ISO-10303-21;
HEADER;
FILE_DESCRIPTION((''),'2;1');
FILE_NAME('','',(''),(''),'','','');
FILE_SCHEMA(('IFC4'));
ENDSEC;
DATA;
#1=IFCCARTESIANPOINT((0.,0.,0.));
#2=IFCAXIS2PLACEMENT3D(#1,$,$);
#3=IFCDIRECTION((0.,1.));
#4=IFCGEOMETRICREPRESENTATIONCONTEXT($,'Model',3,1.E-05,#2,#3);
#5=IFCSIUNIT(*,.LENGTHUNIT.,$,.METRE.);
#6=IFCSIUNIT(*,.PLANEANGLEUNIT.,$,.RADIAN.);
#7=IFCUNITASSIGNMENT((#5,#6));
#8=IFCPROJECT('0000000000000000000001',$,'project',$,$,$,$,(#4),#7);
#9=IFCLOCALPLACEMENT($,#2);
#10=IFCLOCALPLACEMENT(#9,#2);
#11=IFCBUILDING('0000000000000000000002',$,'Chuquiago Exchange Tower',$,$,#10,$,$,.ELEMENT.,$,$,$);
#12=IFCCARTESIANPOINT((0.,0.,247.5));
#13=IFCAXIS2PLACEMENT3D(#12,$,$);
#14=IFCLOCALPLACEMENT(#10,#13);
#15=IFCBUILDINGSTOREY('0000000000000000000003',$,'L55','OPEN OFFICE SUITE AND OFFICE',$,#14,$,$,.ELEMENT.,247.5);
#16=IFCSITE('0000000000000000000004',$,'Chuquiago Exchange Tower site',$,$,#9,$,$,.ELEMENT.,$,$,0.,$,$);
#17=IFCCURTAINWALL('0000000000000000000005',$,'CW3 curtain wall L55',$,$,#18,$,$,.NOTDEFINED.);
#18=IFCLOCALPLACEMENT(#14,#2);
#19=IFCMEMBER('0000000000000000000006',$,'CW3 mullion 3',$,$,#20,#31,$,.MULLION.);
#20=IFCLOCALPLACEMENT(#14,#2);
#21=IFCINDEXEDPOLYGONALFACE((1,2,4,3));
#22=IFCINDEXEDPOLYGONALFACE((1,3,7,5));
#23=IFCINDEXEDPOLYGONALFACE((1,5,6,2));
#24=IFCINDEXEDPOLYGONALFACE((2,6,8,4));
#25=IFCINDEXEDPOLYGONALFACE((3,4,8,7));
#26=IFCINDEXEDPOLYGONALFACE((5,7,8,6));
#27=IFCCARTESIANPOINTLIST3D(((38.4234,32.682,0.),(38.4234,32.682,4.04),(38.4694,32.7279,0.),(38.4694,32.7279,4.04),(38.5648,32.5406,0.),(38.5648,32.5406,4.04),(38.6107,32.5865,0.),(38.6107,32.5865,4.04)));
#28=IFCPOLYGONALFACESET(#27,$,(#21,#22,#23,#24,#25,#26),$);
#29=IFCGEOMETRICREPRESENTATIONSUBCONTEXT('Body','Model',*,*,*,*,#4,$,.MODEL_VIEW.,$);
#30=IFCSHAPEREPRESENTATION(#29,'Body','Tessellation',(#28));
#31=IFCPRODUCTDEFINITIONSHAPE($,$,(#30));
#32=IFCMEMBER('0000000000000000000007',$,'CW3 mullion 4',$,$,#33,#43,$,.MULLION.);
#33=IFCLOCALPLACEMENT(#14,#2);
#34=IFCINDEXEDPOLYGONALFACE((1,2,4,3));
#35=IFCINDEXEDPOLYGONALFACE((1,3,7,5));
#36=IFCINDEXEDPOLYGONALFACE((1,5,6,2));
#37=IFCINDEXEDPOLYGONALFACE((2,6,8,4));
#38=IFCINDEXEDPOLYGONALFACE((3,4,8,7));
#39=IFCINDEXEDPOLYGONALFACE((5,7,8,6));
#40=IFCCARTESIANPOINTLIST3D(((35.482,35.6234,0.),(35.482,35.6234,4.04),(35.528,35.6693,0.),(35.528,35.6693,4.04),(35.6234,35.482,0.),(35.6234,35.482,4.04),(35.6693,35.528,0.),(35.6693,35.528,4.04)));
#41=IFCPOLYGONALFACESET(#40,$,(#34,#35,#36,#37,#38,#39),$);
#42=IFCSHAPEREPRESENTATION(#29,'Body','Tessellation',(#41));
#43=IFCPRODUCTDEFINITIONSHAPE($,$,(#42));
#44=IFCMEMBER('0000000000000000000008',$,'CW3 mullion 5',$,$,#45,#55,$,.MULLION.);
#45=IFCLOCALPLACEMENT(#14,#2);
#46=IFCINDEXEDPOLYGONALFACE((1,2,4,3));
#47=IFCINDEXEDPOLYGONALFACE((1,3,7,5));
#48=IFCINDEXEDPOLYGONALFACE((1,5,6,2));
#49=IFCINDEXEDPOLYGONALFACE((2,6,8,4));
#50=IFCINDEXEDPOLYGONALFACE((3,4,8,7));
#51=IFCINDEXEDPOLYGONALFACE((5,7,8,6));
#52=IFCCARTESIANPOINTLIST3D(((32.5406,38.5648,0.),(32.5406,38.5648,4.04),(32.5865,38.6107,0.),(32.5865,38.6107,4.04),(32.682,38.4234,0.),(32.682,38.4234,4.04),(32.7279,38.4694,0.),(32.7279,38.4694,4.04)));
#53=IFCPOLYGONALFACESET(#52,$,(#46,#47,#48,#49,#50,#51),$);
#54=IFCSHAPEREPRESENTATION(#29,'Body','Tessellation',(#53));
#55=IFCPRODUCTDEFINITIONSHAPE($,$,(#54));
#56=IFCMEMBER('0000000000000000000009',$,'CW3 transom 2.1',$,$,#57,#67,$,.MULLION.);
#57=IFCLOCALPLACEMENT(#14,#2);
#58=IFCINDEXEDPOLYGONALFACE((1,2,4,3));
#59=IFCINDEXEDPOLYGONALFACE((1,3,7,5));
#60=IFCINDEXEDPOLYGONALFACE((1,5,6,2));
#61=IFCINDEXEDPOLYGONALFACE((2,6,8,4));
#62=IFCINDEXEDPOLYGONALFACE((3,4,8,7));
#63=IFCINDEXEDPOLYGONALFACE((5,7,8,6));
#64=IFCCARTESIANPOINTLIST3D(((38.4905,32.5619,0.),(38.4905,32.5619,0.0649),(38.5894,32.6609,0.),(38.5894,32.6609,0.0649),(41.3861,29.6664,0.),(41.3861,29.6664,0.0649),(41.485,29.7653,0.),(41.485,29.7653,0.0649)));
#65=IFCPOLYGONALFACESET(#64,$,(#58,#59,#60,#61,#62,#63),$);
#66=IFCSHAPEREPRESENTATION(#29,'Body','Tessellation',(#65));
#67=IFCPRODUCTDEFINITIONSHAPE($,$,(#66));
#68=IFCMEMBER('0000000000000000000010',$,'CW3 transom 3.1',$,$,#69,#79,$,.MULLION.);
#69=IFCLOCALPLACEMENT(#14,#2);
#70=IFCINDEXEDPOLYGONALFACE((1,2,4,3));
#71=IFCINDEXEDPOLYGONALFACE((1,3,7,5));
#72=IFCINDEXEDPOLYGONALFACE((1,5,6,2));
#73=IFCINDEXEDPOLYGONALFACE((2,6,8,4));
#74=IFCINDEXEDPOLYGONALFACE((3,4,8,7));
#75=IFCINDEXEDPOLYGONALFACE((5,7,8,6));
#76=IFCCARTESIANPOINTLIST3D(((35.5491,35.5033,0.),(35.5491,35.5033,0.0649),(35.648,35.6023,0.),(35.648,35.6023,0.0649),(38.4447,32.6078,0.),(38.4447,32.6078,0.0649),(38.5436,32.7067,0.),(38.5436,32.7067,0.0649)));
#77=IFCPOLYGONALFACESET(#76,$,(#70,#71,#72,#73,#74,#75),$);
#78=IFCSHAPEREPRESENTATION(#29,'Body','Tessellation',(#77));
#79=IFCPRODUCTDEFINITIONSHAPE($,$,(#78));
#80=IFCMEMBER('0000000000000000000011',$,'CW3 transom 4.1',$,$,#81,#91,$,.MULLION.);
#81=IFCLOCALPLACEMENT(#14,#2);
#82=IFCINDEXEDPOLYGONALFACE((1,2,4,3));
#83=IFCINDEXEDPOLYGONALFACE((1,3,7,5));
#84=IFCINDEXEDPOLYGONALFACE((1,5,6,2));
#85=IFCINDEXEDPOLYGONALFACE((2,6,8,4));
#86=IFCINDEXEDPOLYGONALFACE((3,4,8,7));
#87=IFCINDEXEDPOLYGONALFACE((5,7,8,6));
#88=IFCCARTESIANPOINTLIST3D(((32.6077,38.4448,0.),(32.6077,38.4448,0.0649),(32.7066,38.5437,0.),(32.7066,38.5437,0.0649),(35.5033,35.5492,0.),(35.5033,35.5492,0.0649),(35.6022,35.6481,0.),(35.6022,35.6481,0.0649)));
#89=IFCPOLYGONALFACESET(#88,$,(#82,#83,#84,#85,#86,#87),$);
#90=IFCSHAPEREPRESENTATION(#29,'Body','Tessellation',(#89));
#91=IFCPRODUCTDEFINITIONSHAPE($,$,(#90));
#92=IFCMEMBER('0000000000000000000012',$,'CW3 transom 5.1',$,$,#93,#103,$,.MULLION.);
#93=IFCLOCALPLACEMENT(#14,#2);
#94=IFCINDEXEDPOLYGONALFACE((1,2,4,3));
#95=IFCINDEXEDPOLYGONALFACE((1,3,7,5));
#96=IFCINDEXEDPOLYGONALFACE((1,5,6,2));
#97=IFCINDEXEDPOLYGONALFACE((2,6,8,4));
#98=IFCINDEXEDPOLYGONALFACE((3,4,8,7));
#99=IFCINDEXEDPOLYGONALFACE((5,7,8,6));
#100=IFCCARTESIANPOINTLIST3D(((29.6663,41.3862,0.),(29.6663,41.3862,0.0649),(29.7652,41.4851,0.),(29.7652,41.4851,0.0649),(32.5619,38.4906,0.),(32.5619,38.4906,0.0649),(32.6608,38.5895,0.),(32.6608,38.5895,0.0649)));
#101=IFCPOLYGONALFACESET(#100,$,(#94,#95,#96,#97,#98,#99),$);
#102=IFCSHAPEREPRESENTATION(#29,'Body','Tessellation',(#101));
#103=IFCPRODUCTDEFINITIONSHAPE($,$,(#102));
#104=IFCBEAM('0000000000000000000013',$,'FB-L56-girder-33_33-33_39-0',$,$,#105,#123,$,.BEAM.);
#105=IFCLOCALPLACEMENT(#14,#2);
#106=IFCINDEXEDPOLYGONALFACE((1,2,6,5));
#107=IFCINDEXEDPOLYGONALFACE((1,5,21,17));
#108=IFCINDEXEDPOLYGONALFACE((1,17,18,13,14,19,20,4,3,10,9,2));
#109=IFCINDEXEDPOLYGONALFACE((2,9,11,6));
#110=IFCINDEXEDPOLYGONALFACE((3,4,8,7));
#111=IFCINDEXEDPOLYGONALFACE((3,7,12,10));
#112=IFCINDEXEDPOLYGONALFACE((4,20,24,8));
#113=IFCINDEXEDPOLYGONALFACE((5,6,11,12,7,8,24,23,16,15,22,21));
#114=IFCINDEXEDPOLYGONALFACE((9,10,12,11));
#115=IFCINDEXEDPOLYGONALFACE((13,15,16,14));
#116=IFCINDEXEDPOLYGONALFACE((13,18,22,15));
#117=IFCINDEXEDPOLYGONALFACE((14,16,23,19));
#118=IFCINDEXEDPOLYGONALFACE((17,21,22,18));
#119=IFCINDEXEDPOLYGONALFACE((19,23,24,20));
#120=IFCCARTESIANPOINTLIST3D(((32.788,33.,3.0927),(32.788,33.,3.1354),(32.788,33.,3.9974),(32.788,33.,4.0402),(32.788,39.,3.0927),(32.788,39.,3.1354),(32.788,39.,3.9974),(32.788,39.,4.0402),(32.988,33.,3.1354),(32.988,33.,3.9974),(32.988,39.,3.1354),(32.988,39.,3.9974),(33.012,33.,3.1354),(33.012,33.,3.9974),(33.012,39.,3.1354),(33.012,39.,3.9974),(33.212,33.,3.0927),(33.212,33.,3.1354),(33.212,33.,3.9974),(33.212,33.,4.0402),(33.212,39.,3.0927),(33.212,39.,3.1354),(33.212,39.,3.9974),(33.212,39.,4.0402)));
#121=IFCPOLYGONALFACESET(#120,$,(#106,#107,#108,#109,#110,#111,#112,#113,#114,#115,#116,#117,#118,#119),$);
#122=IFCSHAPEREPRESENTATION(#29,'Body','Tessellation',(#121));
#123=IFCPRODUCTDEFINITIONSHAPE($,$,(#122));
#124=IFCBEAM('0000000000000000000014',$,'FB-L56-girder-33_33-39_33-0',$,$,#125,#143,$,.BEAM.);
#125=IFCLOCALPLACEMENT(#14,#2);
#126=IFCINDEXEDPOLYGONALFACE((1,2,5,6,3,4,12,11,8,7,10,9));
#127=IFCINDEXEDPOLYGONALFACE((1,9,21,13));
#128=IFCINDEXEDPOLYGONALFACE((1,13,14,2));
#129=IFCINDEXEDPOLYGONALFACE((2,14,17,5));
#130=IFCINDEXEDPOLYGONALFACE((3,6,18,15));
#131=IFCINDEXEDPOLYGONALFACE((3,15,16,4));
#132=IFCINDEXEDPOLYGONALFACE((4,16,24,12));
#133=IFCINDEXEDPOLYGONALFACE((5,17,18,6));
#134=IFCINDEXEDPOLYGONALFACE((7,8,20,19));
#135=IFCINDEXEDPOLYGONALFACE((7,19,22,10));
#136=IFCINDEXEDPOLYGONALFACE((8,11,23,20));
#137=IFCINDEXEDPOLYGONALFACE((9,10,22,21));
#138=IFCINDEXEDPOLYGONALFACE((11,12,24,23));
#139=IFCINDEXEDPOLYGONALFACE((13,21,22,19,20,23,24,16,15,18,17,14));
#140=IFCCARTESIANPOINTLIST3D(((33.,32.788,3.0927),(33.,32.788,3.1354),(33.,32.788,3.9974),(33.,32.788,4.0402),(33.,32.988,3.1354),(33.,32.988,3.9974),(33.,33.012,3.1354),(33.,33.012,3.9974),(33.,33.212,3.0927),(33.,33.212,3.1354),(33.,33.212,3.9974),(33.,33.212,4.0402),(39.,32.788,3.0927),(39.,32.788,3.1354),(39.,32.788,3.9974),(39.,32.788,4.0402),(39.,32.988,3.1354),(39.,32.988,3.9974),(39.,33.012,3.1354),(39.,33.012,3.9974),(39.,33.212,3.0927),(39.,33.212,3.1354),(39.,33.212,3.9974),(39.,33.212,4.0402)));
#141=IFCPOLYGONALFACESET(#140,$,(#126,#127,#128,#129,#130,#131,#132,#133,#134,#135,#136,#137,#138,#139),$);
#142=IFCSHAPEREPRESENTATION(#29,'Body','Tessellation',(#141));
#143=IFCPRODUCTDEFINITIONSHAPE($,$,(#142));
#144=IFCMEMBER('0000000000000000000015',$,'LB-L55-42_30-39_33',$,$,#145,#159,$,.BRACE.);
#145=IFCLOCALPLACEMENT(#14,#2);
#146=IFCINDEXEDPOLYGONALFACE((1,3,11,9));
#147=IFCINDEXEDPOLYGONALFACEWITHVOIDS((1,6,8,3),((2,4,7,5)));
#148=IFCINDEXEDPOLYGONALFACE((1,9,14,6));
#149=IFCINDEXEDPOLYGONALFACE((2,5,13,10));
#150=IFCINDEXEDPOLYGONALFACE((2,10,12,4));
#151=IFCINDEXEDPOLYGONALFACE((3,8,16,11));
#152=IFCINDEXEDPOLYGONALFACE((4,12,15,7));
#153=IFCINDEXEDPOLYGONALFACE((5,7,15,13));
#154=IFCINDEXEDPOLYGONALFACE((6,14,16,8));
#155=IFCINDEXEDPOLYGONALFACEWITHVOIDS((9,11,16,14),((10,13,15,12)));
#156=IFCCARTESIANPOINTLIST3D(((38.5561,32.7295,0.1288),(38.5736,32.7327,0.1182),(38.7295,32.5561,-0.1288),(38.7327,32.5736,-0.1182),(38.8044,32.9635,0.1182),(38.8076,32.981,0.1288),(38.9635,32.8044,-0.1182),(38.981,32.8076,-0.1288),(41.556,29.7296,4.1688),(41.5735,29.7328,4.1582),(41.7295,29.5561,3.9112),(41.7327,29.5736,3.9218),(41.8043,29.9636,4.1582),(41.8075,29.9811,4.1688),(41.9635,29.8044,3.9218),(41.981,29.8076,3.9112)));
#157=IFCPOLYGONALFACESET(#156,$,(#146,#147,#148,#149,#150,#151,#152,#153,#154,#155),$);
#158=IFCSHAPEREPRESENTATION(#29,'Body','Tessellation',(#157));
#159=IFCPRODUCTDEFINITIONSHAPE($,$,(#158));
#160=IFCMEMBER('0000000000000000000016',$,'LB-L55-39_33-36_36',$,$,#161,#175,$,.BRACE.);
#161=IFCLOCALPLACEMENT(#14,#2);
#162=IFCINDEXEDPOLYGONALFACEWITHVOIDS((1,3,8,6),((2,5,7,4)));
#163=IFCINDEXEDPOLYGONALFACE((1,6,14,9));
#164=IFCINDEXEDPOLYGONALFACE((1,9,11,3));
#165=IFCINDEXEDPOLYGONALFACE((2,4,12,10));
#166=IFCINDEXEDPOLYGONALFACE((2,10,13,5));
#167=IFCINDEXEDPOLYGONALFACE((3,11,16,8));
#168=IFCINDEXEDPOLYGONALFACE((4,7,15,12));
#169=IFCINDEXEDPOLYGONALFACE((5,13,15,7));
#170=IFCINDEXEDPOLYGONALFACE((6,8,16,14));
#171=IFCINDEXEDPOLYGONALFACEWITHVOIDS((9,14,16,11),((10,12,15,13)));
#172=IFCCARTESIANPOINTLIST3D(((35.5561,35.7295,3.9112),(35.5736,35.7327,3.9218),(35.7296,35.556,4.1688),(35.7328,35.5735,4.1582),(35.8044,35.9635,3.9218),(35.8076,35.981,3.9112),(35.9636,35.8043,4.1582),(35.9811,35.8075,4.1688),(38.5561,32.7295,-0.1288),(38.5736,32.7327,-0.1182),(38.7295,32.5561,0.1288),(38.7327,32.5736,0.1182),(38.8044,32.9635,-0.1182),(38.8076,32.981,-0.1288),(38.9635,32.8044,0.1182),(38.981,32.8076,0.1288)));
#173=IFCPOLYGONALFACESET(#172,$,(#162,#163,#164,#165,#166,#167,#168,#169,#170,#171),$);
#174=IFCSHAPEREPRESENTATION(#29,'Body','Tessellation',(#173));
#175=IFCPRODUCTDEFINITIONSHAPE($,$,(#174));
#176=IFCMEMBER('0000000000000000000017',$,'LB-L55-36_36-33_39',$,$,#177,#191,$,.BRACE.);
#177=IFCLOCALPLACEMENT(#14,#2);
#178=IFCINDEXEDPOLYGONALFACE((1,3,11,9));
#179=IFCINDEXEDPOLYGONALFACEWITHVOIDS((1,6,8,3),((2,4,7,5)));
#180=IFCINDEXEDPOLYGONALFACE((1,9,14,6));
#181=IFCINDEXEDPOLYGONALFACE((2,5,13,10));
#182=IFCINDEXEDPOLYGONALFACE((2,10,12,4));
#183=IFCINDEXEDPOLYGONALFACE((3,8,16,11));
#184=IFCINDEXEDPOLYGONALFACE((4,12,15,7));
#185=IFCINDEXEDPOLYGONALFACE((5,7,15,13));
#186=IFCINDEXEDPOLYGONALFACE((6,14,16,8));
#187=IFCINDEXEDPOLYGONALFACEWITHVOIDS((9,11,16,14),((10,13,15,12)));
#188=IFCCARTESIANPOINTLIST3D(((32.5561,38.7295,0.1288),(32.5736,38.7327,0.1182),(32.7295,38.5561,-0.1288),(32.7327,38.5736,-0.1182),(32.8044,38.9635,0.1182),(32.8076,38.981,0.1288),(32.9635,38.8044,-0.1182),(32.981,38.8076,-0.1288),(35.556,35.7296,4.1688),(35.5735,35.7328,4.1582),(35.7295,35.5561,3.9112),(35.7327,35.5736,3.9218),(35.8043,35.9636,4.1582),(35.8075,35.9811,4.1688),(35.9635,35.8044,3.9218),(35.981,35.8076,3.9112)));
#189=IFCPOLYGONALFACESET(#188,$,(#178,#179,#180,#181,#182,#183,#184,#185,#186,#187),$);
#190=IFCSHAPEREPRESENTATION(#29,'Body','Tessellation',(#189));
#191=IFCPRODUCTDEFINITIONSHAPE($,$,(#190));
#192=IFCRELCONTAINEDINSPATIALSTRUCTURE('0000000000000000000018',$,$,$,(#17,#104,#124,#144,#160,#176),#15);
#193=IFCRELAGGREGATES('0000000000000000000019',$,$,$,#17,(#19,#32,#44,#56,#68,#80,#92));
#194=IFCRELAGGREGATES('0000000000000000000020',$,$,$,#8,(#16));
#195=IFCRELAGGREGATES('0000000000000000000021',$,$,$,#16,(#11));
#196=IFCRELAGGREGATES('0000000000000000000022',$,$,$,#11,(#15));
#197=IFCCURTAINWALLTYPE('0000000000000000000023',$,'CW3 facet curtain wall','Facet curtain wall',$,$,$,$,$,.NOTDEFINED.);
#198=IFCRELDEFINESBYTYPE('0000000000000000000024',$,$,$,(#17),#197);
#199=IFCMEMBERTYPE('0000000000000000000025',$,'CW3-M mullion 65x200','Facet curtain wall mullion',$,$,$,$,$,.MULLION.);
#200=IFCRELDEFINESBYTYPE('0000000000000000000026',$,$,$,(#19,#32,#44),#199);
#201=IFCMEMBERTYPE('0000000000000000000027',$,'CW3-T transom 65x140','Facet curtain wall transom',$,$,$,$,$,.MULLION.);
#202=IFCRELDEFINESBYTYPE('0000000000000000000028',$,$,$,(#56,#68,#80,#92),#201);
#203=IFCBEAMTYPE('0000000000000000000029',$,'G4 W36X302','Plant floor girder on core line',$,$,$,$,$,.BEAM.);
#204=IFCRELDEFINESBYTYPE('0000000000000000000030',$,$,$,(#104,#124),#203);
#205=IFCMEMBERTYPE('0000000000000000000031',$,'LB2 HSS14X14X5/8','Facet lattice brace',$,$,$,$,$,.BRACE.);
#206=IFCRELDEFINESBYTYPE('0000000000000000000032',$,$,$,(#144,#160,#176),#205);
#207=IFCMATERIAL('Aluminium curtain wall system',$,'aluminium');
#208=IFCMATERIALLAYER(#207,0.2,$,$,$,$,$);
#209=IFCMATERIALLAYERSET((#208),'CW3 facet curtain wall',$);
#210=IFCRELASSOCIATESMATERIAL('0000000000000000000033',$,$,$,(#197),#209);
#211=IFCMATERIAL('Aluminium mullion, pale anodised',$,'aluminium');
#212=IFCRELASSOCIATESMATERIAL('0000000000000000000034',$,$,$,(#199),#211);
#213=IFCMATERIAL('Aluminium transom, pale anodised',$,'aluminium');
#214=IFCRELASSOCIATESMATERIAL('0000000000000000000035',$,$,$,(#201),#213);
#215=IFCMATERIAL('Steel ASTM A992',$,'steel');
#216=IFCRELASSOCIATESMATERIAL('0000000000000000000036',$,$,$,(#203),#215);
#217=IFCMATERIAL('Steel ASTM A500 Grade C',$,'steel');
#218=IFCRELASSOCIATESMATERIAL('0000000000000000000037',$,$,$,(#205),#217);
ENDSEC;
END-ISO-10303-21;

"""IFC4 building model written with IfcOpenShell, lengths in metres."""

from ifc_helpers import new_model, si_unit, direction, frame, origin, origin_2d, place, context, subcontext, project, spatial, rectangle, hollow_rectangle, i_section, extrude, material, layer, layer_set, material_profile, profile_set, type_object, element, aggregate, save


model = new_model("IFC4")

# Units and contexts
model_context = context("Model", 3, precision=1e-05, world=origin(), true_north=direction((0.0, 1.0)))
body_context = subcontext(model_context, "Body", "Model", "MODEL_VIEW")
ifc_project = project(units=[si_unit("LENGTHUNIT", "METRE"), si_unit("PLANEANGLEUNIT", "RADIAN")], contexts=[model_context])

# Site, building, storey
site_placement = place(None, origin())
site = spatial("IfcSite", under=ifc_project, at=site_placement, Name="Chuquiago Exchange Tower site", CompositionType="ELEMENT", RefElevation=0.0)
building_placement = place(site_placement, origin())
building = spatial("IfcBuilding", under=site, at=building_placement, Name="Chuquiago Exchange Tower", CompositionType="ELEMENT")
storey_placement = place(building_placement, frame((0.0, 0.0, 247.5)))
storey = spatial("IfcBuildingStorey", under=building, at=storey_placement, Name="L55", Description="OPEN OFFICE SUITE AND OFFICE", CompositionType="ELEMENT", Elevation=247.5)

# Curtain wall, members
ifc_material_1 = material(Name="Aluminium curtain wall system", Category="aluminium")
ifc_layer_1 = layer(ifc_material_1, 0.2)
ifc_layer_set_1 = layer_set([ifc_layer_1], Name="CW3 facet curtain wall")
curtain_wall_type = type_object("IfcCurtainWallType", Name="CW3 facet curtain wall", Description="Facet curtain wall", PredefinedType="NOTDEFINED", material=ifc_layer_set_1)
curtain_wall_placement = place(storey_placement, origin())
curtain_wall = element("IfcCurtainWall", 1, at=curtain_wall_placement, inside=storey, type_object=curtain_wall_type, Name="CW3 curtain wall L55", PredefinedType="NOTDEFINED")
ifc_material_2 = material(Name="Aluminium mullion, pale anodised", Category="aluminium")
ifc_material_profile_1 = material_profile(ifc_material_2, rectangle(XDim=0.0649, YDim=0.2, at=origin_2d()), Name="AL 65x200")
ifc_profile_set_1 = profile_set([ifc_material_profile_1], Name="Aluminium mullion, pale anodised")
member_type_1 = type_object("IfcMemberType", Name="CW3-M mullion 65x200", Description="Facet curtain wall mullion", PredefinedType="MULLION", material=ifc_profile_set_1)
member_1_placement = place(storey_placement, frame((38.5171, 32.6343, 0.0), z_axis=(0.0, 0.0, 1.0), x_axis=(-0.707107, -0.707107, 0.0)))
member_1 = element("IfcMember", 2, at=member_1_placement, type_object=member_type_1, Name="CW3 mullion 3", PredefinedType="MULLION", context=body_context, shape_type="SweptSolid", body=[
    extrude(rectangle(XDim=0.0649, YDim=0.2, at=origin_2d()), origin(), (0.0, 0.0, 1.0), 4.04),
])
member_2_placement = place(storey_placement, frame((35.5757, 35.5757, 0.0), z_axis=(0.0, 0.0, 1.0), x_axis=(-0.707107, -0.707107, 0.0)))
member_2 = element("IfcMember", 3, at=member_2_placement, type_object=member_type_1, Name="CW3 mullion 4", PredefinedType="MULLION", context=body_context, shape_type="SweptSolid", body=[
    extrude(rectangle(XDim=0.0649, YDim=0.2, at=origin_2d()), origin(), (0.0, 0.0, 1.0), 4.04),
])
member_3_placement = place(storey_placement, frame((32.6343, 38.5171, 0.0), z_axis=(0.0, 0.0, 1.0), x_axis=(-0.707107, -0.707107, 0.0)))
member_3 = element("IfcMember", 4, at=member_3_placement, type_object=member_type_1, Name="CW3 mullion 5", PredefinedType="MULLION", context=body_context, shape_type="SweptSolid", body=[
    extrude(rectangle(XDim=0.0649, YDim=0.2, at=origin_2d()), origin(), (0.0, 0.0, 1.0), 4.04),
])
ifc_material_3 = material(Name="Aluminium transom, pale anodised", Category="aluminium")
ifc_material_profile_2 = material_profile(ifc_material_3, rectangle(XDim=0.1399, YDim=0.0649, at=origin_2d()), Name="AL 140x65")
ifc_profile_set_2 = profile_set([ifc_material_profile_2], Name="Aluminium transom, pale anodised")
member_type_2 = type_object("IfcMemberType", Name="CW3-T transom 65x140", Description="Facet curtain wall transom", PredefinedType="MULLION", material=ifc_profile_set_2)
member_4_placement = place(storey_placement, frame((41.4355, 29.7158, 0.0325), z_axis=(-0.707107, 0.707107, 0.0), x_axis=(-0.707107, -0.707107, 0.0)))
member_4 = element("IfcMember", 5, at=member_4_placement, type_object=member_type_2, Name="CW3 transom 2.1", PredefinedType="MULLION", context=body_context, shape_type="SweptSolid", body=[
    extrude(rectangle(XDim=0.1399, YDim=0.0649, at=origin_2d()), origin(), (0.0, 0.0, 1.0), 4.095),
])
member_5_placement = place(storey_placement, frame((38.4941, 32.6572, 0.0325), z_axis=(-0.707107, 0.707107, 0.0), x_axis=(-0.707107, -0.707107, 0.0)))
member_5 = element("IfcMember", 6, at=member_5_placement, type_object=member_type_2, Name="CW3 transom 3.1", PredefinedType="MULLION", context=body_context, shape_type="SweptSolid", body=[
    extrude(rectangle(XDim=0.1399, YDim=0.0649, at=origin_2d()), origin(), (0.0, 0.0, 1.0), 4.095),
])
member_6_placement = place(storey_placement, frame((35.5527, 35.5986, 0.0325), z_axis=(-0.707107, 0.707107, 0.0), x_axis=(-0.707107, -0.707107, 0.0)))
member_6 = element("IfcMember", 7, at=member_6_placement, type_object=member_type_2, Name="CW3 transom 4.1", PredefinedType="MULLION", context=body_context, shape_type="SweptSolid", body=[
    extrude(rectangle(XDim=0.1399, YDim=0.0649, at=origin_2d()), origin(), (0.0, 0.0, 1.0), 4.095),
])
member_7_placement = place(storey_placement, frame((32.6113, 38.54, 0.0325), z_axis=(-0.707107, 0.707107, 0.0), x_axis=(-0.707107, -0.707107, 0.0)))
member_7 = element("IfcMember", 8, at=member_7_placement, type_object=member_type_2, Name="CW3 transom 5.1", PredefinedType="MULLION", context=body_context, shape_type="SweptSolid", body=[
    extrude(rectangle(XDim=0.1399, YDim=0.0649, at=origin_2d()), origin(), (0.0, 0.0, 1.0), 4.095),
])

# Beams
ifc_material_4 = material(Name="Steel ASTM A992", Category="steel")
ifc_material_profile_3 = material_profile(ifc_material_4, i_section(OverallWidth=0.4241, OverallDepth=0.9475, WebThickness=0.0239, FlangeThickness=0.0427, at=origin_2d()), Name="W36X302")
ifc_profile_set_3 = profile_set([ifc_material_profile_3], Name="Steel ASTM A992")
beam_type_1 = type_object("IfcBeamType", Name="G4 W36X302", Description="Plant floor girder on core line", PredefinedType="BEAM", material=ifc_profile_set_3)
for number, where, z_axis, x_axis, name in (
    (9, (33.0, 33.0, 3.5664), (0.0, 1.0, 0.0), (-1.0, 0.0, 0.0), "FB-L56-girder-33_33-33_39-0"),
    (10, (33.0, 33.0, 3.5664), (1.0, 0.0, 0.0), (0.0, 1.0, 0.0), "FB-L56-girder-33_33-39_33-0"),
):
    element("IfcBeam", number, at=place(storey_placement, frame(where, z_axis=z_axis, x_axis=x_axis)), inside=storey, type_object=beam_type_1, Name=name, PredefinedType="BEAM", context=body_context, shape_type="SweptSolid", body=[
        extrude(i_section(OverallWidth=0.4241, OverallDepth=0.9475, WebThickness=0.0239, FlangeThickness=0.0427, at=origin_2d()), origin(), (0.0, 0.0, 1.0), 6.0),
    ])

# Members
ifc_material_5 = material(Name="Steel ASTM A500 Grade C", Category="steel")
ifc_material_profile_4 = material_profile(ifc_material_5, hollow_rectangle(XDim=0.3557, YDim=0.3557, WallThickness=0.0146, at=origin_2d()), Name="HSS14X14X5/8")
ifc_profile_set_4 = profile_set([ifc_material_profile_4], Name="Steel ASTM A500 Grade C")
member_type_3 = type_object("IfcMemberType", Name="LB2 HSS14X14X5/8", Description="Facet lattice brace", PredefinedType="BRACE", material=ifc_profile_set_4)
for number, where, z_axis, x_axis, name in (
    (11, (38.7686, 32.7686, 0.0), (0.512077, -0.512077, 0.689604), (0.707107, 0.707107, 0.0), "LB-L55-42_30-39_33"),
    (12, (38.7686, 32.7686, 0.0), (-0.512077, 0.512077, 0.689604), (-0.707107, -0.707107, 0.0), "LB-L55-39_33-36_36"),
    (13, (32.7686, 38.7686, 0.0), (0.512077, -0.512077, 0.689604), (0.707107, 0.707107, 0.0), "LB-L55-36_36-33_39"),
):
    element("IfcMember", number, at=place(storey_placement, frame(where, z_axis=z_axis, x_axis=x_axis)), inside=storey, type_object=member_type_3, Name=name, PredefinedType="BRACE", context=body_context, shape_type="SweptSolid", body=[
        extrude(hollow_rectangle(XDim=0.3557, YDim=0.3557, WallThickness=0.0146, at=origin_2d()), origin(), (0.0, 0.0, 1.0), 5.8584),
    ])

aggregate(curtain_wall, [member_1, member_2, member_3, member_4, member_5, member_6, member_7])

save(model, "model.ifc")
